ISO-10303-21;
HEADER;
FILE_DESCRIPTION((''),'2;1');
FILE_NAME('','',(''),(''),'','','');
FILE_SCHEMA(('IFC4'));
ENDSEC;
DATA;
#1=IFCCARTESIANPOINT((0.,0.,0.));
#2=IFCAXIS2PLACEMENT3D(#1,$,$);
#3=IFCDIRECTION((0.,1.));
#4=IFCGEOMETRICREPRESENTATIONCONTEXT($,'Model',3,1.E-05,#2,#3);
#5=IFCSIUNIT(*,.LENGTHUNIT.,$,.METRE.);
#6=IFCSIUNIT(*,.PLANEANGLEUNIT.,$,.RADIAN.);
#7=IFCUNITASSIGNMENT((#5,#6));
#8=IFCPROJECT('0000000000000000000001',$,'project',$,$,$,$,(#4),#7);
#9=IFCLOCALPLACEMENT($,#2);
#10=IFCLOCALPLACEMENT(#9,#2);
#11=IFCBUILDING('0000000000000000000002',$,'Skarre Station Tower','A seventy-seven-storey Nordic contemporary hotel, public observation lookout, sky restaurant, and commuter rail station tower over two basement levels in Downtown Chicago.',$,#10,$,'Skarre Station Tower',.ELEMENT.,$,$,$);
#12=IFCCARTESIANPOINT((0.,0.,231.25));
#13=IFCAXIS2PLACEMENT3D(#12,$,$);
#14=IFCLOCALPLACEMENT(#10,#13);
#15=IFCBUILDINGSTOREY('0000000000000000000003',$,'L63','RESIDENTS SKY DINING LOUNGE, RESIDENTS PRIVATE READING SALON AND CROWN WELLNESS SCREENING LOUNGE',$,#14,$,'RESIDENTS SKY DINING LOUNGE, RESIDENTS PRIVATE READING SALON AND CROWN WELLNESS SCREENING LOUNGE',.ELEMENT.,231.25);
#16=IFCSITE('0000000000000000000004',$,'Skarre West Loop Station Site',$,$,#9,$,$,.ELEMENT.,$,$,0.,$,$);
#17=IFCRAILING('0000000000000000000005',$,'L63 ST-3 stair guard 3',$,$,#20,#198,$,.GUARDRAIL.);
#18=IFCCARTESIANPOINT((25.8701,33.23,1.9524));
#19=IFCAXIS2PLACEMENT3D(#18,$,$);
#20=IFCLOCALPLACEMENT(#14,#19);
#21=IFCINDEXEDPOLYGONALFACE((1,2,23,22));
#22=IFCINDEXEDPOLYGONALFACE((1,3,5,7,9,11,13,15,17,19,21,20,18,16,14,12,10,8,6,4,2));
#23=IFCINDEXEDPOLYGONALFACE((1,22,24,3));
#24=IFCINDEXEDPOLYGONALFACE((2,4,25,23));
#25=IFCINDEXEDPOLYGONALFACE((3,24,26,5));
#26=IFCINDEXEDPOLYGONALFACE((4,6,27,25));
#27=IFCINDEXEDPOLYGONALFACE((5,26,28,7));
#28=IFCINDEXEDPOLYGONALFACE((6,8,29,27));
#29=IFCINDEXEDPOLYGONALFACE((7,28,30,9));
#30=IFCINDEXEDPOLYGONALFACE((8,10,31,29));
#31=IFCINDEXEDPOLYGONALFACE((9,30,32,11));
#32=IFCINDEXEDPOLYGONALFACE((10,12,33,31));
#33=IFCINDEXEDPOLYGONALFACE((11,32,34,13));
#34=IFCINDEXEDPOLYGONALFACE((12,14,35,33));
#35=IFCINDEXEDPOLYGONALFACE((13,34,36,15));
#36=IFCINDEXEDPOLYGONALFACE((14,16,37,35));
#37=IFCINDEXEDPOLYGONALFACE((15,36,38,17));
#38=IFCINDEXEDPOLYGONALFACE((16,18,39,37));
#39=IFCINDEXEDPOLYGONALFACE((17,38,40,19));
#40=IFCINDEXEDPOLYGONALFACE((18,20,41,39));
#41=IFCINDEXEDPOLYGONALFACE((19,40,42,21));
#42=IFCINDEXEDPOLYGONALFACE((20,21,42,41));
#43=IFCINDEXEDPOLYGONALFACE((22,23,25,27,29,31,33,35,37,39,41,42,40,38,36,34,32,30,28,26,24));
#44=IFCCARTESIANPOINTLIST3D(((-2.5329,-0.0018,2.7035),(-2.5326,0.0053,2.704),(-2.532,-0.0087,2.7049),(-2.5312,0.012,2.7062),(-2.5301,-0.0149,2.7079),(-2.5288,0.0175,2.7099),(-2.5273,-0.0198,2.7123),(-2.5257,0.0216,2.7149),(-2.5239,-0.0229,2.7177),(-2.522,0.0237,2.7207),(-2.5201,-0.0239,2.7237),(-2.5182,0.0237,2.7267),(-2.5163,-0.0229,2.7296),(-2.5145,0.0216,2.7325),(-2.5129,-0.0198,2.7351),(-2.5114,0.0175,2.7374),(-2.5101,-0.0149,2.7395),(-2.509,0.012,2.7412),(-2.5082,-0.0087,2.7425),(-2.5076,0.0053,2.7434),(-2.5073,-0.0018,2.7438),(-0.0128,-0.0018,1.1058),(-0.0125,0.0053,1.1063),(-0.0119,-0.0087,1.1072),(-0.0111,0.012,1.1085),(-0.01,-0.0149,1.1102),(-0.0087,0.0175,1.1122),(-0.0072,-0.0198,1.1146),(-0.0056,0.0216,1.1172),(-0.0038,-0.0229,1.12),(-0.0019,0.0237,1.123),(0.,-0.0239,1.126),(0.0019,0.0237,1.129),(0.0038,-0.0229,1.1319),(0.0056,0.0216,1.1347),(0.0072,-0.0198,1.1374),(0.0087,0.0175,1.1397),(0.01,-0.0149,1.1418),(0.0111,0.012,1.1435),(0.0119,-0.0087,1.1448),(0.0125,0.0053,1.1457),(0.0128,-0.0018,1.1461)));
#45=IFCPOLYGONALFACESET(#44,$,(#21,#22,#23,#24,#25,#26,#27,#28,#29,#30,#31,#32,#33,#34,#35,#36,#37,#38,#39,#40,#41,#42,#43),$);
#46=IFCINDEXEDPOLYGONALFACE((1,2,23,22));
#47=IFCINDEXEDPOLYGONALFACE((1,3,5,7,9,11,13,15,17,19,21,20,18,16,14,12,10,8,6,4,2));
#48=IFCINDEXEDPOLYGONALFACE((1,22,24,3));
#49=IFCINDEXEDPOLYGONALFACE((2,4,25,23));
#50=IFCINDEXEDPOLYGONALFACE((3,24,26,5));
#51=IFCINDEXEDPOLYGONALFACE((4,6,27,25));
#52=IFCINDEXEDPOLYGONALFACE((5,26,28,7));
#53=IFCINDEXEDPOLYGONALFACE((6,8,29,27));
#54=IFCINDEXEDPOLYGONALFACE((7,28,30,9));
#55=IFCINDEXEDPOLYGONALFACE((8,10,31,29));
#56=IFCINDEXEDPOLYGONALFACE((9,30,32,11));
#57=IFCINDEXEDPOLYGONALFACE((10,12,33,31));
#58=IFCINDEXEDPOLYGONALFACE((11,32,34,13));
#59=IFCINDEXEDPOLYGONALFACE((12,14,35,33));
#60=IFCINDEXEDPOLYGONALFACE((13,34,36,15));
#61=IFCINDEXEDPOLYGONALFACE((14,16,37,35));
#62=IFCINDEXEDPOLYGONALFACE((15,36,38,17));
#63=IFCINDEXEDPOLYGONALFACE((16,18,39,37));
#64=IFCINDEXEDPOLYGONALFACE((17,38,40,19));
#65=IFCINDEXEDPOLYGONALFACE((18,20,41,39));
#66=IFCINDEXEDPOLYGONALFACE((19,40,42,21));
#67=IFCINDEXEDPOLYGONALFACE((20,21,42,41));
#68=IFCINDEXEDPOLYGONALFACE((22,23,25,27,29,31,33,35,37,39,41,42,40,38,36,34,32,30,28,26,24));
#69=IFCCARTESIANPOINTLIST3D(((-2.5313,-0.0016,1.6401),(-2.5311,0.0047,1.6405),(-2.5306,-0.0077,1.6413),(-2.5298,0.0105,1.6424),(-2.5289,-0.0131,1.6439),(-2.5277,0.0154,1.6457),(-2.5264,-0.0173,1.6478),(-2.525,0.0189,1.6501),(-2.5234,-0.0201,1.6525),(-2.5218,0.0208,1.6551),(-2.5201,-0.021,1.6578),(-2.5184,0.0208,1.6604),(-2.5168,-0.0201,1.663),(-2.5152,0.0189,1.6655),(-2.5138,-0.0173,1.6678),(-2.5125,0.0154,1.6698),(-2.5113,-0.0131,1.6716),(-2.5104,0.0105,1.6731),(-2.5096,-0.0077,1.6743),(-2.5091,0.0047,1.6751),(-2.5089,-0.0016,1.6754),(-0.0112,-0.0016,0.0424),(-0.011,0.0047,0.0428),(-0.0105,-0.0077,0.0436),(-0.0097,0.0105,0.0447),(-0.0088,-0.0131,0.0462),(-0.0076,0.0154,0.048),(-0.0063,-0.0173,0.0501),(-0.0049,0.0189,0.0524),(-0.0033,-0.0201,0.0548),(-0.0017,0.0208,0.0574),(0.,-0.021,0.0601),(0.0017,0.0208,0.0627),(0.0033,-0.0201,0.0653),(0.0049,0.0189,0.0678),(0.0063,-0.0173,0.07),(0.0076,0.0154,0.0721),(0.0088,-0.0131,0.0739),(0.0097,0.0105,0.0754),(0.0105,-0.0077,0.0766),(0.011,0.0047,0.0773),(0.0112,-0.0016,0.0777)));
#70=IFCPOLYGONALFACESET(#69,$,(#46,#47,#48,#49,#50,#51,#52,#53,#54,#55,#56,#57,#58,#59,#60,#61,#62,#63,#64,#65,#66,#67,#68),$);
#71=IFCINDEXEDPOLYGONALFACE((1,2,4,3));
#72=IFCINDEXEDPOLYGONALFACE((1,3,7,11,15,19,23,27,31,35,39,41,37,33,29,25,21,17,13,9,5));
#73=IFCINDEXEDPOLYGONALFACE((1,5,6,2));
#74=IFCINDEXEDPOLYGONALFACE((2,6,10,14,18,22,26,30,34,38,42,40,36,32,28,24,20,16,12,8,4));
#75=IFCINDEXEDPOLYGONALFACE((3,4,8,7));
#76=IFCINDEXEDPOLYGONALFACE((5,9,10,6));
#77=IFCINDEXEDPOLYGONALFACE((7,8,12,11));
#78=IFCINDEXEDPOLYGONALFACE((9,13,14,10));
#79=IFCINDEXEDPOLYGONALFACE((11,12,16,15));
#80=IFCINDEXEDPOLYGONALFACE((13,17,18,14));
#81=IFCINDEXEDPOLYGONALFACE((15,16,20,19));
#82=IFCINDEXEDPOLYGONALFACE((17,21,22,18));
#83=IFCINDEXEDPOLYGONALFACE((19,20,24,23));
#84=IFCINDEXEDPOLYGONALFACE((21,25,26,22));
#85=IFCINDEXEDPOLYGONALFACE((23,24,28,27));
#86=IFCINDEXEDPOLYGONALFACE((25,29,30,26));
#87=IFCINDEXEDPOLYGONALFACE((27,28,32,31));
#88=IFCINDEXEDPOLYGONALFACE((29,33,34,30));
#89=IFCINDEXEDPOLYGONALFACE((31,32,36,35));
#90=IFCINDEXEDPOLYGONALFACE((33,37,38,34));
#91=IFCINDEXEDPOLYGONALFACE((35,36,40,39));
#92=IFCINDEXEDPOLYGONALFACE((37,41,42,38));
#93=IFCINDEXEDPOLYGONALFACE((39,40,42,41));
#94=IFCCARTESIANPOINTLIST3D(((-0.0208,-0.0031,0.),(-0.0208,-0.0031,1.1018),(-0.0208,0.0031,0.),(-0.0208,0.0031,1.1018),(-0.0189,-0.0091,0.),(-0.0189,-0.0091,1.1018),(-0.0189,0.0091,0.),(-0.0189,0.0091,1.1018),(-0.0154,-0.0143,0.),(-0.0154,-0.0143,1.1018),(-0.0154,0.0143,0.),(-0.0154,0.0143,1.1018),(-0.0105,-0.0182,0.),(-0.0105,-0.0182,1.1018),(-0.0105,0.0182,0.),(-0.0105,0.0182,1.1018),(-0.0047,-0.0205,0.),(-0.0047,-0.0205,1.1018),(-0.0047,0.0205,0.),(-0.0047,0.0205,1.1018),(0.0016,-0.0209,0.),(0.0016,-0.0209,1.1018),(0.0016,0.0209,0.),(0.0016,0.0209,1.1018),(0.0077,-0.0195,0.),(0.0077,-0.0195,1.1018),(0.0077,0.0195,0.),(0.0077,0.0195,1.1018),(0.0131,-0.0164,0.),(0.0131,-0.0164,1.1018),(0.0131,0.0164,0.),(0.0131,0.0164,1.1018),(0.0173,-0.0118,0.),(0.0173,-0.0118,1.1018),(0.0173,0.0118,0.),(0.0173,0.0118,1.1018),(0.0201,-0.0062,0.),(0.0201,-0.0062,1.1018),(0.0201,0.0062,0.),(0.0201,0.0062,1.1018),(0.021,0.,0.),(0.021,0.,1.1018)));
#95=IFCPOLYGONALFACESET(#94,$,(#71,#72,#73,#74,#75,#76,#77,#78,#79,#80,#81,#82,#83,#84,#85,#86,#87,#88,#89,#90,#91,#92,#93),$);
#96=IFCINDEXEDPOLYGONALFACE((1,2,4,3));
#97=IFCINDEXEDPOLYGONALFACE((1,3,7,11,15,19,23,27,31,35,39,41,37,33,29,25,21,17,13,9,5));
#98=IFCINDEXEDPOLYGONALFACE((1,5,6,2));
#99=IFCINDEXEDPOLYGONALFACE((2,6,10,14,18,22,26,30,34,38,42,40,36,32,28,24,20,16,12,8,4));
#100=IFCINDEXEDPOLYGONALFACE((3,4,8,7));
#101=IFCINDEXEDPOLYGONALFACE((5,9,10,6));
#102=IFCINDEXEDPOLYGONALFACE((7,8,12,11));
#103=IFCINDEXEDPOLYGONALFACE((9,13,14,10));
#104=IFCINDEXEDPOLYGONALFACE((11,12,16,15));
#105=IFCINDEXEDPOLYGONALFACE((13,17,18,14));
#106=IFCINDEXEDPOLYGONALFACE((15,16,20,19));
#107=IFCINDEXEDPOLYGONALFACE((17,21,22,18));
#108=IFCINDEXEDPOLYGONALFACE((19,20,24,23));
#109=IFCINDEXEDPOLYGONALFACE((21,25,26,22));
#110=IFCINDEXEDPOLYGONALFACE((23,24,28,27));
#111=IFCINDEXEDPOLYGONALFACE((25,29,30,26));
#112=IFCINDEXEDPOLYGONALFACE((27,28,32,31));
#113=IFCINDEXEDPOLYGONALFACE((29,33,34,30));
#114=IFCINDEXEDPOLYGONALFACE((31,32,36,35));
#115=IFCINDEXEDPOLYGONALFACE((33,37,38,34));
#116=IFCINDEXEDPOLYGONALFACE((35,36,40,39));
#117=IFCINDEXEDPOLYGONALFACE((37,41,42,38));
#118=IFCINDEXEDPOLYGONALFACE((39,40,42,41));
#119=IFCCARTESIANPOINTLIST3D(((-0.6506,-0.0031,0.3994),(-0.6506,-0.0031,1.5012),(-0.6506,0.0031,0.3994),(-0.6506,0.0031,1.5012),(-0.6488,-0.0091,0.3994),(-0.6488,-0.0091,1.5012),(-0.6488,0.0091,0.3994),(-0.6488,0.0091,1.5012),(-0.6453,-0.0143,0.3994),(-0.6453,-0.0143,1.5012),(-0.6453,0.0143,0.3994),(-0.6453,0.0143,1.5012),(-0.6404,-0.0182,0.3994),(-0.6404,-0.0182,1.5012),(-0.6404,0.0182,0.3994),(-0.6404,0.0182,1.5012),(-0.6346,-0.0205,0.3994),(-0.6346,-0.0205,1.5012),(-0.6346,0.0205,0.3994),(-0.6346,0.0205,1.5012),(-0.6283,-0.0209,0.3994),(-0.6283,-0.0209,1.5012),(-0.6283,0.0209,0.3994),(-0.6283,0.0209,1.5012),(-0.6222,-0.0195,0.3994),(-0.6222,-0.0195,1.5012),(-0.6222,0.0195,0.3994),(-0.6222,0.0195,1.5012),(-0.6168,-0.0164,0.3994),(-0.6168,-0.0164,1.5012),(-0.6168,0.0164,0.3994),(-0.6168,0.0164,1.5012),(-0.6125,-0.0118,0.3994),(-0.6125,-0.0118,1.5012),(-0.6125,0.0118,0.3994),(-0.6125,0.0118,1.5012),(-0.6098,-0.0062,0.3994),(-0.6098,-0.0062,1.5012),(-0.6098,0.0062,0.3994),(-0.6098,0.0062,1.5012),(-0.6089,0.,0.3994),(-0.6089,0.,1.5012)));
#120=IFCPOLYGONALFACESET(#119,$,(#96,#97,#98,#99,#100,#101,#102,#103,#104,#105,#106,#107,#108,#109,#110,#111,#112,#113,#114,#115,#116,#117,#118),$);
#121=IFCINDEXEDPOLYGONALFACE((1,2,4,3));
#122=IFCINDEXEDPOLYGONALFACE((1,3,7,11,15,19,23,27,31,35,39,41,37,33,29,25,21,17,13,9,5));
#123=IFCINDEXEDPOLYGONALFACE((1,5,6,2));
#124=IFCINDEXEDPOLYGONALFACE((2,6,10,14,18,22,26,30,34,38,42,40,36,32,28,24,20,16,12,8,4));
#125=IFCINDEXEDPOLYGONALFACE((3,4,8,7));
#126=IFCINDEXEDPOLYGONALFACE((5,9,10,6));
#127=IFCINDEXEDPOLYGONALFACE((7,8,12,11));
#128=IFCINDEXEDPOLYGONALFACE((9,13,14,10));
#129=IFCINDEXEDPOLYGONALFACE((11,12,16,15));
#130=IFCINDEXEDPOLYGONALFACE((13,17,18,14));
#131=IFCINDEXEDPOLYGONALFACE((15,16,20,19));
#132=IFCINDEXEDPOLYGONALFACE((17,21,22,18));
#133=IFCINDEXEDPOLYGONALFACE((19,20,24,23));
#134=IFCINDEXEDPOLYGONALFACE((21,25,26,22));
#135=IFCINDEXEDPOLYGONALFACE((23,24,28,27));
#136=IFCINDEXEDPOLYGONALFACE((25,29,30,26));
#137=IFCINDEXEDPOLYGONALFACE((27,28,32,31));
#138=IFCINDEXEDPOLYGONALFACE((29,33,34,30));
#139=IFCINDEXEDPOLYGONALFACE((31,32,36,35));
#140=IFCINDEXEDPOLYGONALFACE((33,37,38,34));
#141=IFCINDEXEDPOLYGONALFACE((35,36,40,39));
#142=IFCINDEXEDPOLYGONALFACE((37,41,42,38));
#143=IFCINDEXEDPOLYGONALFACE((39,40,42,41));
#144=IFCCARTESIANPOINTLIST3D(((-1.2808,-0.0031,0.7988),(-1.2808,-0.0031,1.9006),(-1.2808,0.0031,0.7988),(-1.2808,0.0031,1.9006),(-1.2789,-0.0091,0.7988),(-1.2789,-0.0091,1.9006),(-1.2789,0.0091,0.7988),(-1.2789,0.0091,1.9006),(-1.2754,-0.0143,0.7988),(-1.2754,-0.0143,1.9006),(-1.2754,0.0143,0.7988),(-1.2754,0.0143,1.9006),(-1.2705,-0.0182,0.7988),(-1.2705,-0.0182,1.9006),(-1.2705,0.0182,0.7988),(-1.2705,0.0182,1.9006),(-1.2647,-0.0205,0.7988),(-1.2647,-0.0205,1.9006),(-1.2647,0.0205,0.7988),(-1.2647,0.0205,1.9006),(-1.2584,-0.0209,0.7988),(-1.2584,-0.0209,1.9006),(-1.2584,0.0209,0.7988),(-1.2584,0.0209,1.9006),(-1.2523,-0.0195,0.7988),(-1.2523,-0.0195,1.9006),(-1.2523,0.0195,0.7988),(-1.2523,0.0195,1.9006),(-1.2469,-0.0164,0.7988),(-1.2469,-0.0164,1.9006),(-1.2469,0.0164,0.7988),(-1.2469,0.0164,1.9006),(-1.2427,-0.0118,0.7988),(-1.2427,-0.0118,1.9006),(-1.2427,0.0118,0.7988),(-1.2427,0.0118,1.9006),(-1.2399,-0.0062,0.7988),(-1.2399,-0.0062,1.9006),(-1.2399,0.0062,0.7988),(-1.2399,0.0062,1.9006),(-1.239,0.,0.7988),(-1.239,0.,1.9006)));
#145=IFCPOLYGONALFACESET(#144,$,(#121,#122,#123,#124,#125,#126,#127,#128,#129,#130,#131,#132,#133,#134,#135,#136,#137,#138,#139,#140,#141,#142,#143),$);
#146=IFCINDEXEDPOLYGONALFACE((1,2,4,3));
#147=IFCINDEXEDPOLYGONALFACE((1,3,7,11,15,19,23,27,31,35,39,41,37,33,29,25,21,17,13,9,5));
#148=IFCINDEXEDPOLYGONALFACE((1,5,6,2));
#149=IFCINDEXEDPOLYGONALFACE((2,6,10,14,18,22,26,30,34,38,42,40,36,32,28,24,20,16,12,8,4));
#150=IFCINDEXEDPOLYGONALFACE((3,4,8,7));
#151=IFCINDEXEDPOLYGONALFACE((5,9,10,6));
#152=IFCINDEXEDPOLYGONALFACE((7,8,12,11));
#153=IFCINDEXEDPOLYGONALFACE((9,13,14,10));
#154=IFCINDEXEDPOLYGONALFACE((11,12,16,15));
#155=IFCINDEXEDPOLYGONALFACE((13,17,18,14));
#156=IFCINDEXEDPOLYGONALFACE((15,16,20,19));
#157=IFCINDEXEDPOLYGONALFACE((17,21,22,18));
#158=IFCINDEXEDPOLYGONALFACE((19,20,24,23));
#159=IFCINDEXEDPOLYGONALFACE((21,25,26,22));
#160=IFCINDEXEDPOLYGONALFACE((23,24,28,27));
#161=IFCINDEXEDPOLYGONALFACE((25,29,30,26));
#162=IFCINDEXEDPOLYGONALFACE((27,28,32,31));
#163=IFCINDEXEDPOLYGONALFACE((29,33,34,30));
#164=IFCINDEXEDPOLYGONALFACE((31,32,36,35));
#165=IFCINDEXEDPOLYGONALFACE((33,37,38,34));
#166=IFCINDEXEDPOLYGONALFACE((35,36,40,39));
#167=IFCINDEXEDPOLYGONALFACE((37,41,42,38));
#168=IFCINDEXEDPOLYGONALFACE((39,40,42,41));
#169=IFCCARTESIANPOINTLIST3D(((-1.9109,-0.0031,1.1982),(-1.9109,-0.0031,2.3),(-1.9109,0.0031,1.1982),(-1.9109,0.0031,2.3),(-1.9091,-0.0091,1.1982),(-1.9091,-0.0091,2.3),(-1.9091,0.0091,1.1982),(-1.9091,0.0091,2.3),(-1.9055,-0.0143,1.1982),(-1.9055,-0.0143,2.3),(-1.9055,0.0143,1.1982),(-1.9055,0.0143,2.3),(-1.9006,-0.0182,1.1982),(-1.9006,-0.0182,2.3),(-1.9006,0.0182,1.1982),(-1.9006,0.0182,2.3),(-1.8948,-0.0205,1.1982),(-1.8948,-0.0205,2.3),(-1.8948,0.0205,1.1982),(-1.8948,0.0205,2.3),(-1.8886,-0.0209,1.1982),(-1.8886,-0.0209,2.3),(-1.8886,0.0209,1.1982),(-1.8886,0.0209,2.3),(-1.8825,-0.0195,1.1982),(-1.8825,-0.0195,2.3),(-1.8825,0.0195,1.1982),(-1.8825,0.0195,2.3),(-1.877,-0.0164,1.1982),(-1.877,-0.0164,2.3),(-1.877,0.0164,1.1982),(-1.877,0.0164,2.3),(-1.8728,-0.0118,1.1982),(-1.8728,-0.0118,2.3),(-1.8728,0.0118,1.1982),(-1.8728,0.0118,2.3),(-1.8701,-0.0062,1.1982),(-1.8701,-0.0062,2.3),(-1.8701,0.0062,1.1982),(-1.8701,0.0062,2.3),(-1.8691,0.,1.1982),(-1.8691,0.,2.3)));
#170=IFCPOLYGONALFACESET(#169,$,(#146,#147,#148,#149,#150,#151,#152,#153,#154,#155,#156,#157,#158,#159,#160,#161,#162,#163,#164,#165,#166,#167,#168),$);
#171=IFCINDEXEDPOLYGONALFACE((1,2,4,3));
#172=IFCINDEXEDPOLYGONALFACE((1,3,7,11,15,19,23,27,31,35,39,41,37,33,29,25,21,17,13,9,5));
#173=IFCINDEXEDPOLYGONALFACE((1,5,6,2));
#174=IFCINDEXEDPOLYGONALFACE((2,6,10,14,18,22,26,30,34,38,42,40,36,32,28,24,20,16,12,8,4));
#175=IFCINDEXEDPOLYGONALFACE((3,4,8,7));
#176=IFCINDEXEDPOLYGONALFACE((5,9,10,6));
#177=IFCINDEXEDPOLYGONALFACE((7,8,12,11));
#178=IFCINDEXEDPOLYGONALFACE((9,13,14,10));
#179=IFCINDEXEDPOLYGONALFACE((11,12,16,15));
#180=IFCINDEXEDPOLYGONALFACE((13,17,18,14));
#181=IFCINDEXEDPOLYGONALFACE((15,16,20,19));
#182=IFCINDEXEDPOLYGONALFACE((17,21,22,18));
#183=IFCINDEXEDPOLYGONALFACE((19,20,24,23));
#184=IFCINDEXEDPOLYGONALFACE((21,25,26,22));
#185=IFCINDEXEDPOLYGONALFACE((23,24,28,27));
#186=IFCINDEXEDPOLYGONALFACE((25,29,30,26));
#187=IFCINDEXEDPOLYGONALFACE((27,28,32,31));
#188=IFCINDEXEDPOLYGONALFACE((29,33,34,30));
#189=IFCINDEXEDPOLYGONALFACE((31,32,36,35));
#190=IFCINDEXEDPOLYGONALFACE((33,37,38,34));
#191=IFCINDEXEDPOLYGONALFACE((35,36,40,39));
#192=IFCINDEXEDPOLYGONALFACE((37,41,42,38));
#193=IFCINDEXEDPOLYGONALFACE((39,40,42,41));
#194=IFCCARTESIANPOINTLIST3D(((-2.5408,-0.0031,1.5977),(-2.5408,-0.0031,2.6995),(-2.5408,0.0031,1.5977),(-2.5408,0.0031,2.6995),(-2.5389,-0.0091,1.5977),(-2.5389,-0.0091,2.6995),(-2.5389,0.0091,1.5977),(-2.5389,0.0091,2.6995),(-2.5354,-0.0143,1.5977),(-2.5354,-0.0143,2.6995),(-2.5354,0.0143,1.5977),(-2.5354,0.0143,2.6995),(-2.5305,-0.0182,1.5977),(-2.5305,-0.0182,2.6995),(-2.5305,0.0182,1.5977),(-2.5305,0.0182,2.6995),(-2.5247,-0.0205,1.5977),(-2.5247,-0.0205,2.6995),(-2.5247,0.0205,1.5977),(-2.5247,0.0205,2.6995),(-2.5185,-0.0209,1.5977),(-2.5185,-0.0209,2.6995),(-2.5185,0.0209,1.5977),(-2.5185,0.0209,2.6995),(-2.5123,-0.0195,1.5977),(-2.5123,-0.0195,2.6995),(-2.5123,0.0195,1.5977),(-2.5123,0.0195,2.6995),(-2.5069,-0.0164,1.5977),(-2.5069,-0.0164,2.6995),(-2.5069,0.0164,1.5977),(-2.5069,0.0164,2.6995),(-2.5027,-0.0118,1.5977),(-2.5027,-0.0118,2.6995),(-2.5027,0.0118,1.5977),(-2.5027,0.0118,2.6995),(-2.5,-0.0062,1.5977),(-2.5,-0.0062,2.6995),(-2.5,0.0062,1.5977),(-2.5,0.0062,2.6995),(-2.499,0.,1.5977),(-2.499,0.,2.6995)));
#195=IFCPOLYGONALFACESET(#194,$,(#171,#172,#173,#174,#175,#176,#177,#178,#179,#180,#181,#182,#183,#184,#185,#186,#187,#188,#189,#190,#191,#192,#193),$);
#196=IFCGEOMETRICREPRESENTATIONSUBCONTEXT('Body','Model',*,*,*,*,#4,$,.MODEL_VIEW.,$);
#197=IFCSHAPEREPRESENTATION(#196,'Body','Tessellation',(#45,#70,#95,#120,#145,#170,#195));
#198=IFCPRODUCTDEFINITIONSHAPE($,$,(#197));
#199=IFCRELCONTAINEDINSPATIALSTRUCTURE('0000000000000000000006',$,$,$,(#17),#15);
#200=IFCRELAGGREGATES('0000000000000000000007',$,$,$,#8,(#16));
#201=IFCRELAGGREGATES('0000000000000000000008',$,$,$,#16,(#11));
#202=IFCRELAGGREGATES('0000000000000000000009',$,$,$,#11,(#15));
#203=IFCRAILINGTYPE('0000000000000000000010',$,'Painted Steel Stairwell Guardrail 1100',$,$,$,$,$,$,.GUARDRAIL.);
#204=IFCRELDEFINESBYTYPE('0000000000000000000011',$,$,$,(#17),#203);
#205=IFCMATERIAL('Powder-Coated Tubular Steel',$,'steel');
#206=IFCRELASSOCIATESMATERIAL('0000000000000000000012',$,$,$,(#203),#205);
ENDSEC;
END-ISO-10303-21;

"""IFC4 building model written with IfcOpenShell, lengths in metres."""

from ifc_helpers import new_model, si_unit, direction, frame, origin, origin_2d, place, context, subcontext, project, spatial, circle, extrude, material, type_object, element, save


model = new_model("IFC4")

# Units and contexts
model_context = context("Model", 3, precision=1e-05, world=origin(), true_north=direction((0.0, 1.0)))
body_context = subcontext(model_context, "Body", "Model", "MODEL_VIEW")
ifc_project = project(units=[si_unit("LENGTHUNIT", "METRE"), si_unit("PLANEANGLEUNIT", "RADIAN")], contexts=[model_context])

# Site, building, storey
site_placement = place(None, origin())
site = spatial("IfcSite", under=ifc_project, at=site_placement, Name="Skarre West Loop Station Site", CompositionType="ELEMENT", RefElevation=0.0)
building_placement = place(site_placement, origin())
building = spatial("IfcBuilding", under=site, at=building_placement, Name="Skarre Station Tower", Description="A seventy-seven-storey Nordic contemporary hotel, public observation lookout, sky restaurant, and commuter rail station tower over two basement levels in Downtown Chicago.", LongName="Skarre Station Tower", CompositionType="ELEMENT")
storey_placement = place(building_placement, frame((0.0, 0.0, 231.25)))
storey = spatial("IfcBuildingStorey", under=building, at=storey_placement, Name="L63", Description="RESIDENTS SKY DINING LOUNGE, RESIDENTS PRIVATE READING SALON AND CROWN WELLNESS SCREENING LOUNGE", LongName="RESIDENTS SKY DINING LOUNGE, RESIDENTS PRIVATE READING SALON AND CROWN WELLNESS SCREENING LOUNGE", CompositionType="ELEMENT", Elevation=231.25)

# Railing
ifc_material_1 = material(Name="Powder-Coated Tubular Steel", Category="steel")
railing_type_1 = type_object("IfcRailingType", Name="Painted Steel Stairwell Guardrail 1100", PredefinedType="GUARDRAIL", material=ifc_material_1)
railing_1_placement = place(storey_placement, frame((25.8701, 33.23, 1.9524)))
element("IfcRailing", 1, at=railing_1_placement, inside=storey, type_object=railing_type_1, Name="L63 ST-3 stair guard 3", PredefinedType="GUARDRAIL", context=body_context, shape_type="SweptSolid", body=[
    extrude(circle(Radius=0.0239, at=origin_2d()), frame((0.0, 0.0, 1.126), z_axis=(-0.84457, 0.0, 0.535445), x_axis=(0.0, -1.0, 0.0)), (0.0, 0.0, 1.0), 2.9839),
    extrude(circle(Radius=0.021, at=origin_2d()), frame((0.0, 0.0, 0.0601), z_axis=(-0.84457, 0.0, 0.535445), x_axis=(0.0, -1.0, 0.0)), (0.0, 0.0, 1.0), 2.9839),
    extrude(circle(Radius=0.021, at=origin_2d()), origin(), (0.0, 0.0, 1.0), 1.1018),
    extrude(circle(Radius=0.021, at=origin_2d()), frame((-0.6299, 0.0, 0.3994)), (0.0, 0.0, 1.0), 1.1018),
    extrude(circle(Radius=0.021, at=origin_2d()), frame((-1.26, 0.0, 0.7988)), (0.0, 0.0, 1.0), 1.1018),
    extrude(circle(Radius=0.021, at=origin_2d()), frame((-1.8901, 0.0, 1.1982)), (0.0, 0.0, 1.0), 1.1018),
    extrude(circle(Radius=0.021, at=origin_2d()), frame((-2.52, 0.0, 1.5977)), (0.0, 0.0, 1.0), 1.1018),
])

save(model, "model.ifc")
